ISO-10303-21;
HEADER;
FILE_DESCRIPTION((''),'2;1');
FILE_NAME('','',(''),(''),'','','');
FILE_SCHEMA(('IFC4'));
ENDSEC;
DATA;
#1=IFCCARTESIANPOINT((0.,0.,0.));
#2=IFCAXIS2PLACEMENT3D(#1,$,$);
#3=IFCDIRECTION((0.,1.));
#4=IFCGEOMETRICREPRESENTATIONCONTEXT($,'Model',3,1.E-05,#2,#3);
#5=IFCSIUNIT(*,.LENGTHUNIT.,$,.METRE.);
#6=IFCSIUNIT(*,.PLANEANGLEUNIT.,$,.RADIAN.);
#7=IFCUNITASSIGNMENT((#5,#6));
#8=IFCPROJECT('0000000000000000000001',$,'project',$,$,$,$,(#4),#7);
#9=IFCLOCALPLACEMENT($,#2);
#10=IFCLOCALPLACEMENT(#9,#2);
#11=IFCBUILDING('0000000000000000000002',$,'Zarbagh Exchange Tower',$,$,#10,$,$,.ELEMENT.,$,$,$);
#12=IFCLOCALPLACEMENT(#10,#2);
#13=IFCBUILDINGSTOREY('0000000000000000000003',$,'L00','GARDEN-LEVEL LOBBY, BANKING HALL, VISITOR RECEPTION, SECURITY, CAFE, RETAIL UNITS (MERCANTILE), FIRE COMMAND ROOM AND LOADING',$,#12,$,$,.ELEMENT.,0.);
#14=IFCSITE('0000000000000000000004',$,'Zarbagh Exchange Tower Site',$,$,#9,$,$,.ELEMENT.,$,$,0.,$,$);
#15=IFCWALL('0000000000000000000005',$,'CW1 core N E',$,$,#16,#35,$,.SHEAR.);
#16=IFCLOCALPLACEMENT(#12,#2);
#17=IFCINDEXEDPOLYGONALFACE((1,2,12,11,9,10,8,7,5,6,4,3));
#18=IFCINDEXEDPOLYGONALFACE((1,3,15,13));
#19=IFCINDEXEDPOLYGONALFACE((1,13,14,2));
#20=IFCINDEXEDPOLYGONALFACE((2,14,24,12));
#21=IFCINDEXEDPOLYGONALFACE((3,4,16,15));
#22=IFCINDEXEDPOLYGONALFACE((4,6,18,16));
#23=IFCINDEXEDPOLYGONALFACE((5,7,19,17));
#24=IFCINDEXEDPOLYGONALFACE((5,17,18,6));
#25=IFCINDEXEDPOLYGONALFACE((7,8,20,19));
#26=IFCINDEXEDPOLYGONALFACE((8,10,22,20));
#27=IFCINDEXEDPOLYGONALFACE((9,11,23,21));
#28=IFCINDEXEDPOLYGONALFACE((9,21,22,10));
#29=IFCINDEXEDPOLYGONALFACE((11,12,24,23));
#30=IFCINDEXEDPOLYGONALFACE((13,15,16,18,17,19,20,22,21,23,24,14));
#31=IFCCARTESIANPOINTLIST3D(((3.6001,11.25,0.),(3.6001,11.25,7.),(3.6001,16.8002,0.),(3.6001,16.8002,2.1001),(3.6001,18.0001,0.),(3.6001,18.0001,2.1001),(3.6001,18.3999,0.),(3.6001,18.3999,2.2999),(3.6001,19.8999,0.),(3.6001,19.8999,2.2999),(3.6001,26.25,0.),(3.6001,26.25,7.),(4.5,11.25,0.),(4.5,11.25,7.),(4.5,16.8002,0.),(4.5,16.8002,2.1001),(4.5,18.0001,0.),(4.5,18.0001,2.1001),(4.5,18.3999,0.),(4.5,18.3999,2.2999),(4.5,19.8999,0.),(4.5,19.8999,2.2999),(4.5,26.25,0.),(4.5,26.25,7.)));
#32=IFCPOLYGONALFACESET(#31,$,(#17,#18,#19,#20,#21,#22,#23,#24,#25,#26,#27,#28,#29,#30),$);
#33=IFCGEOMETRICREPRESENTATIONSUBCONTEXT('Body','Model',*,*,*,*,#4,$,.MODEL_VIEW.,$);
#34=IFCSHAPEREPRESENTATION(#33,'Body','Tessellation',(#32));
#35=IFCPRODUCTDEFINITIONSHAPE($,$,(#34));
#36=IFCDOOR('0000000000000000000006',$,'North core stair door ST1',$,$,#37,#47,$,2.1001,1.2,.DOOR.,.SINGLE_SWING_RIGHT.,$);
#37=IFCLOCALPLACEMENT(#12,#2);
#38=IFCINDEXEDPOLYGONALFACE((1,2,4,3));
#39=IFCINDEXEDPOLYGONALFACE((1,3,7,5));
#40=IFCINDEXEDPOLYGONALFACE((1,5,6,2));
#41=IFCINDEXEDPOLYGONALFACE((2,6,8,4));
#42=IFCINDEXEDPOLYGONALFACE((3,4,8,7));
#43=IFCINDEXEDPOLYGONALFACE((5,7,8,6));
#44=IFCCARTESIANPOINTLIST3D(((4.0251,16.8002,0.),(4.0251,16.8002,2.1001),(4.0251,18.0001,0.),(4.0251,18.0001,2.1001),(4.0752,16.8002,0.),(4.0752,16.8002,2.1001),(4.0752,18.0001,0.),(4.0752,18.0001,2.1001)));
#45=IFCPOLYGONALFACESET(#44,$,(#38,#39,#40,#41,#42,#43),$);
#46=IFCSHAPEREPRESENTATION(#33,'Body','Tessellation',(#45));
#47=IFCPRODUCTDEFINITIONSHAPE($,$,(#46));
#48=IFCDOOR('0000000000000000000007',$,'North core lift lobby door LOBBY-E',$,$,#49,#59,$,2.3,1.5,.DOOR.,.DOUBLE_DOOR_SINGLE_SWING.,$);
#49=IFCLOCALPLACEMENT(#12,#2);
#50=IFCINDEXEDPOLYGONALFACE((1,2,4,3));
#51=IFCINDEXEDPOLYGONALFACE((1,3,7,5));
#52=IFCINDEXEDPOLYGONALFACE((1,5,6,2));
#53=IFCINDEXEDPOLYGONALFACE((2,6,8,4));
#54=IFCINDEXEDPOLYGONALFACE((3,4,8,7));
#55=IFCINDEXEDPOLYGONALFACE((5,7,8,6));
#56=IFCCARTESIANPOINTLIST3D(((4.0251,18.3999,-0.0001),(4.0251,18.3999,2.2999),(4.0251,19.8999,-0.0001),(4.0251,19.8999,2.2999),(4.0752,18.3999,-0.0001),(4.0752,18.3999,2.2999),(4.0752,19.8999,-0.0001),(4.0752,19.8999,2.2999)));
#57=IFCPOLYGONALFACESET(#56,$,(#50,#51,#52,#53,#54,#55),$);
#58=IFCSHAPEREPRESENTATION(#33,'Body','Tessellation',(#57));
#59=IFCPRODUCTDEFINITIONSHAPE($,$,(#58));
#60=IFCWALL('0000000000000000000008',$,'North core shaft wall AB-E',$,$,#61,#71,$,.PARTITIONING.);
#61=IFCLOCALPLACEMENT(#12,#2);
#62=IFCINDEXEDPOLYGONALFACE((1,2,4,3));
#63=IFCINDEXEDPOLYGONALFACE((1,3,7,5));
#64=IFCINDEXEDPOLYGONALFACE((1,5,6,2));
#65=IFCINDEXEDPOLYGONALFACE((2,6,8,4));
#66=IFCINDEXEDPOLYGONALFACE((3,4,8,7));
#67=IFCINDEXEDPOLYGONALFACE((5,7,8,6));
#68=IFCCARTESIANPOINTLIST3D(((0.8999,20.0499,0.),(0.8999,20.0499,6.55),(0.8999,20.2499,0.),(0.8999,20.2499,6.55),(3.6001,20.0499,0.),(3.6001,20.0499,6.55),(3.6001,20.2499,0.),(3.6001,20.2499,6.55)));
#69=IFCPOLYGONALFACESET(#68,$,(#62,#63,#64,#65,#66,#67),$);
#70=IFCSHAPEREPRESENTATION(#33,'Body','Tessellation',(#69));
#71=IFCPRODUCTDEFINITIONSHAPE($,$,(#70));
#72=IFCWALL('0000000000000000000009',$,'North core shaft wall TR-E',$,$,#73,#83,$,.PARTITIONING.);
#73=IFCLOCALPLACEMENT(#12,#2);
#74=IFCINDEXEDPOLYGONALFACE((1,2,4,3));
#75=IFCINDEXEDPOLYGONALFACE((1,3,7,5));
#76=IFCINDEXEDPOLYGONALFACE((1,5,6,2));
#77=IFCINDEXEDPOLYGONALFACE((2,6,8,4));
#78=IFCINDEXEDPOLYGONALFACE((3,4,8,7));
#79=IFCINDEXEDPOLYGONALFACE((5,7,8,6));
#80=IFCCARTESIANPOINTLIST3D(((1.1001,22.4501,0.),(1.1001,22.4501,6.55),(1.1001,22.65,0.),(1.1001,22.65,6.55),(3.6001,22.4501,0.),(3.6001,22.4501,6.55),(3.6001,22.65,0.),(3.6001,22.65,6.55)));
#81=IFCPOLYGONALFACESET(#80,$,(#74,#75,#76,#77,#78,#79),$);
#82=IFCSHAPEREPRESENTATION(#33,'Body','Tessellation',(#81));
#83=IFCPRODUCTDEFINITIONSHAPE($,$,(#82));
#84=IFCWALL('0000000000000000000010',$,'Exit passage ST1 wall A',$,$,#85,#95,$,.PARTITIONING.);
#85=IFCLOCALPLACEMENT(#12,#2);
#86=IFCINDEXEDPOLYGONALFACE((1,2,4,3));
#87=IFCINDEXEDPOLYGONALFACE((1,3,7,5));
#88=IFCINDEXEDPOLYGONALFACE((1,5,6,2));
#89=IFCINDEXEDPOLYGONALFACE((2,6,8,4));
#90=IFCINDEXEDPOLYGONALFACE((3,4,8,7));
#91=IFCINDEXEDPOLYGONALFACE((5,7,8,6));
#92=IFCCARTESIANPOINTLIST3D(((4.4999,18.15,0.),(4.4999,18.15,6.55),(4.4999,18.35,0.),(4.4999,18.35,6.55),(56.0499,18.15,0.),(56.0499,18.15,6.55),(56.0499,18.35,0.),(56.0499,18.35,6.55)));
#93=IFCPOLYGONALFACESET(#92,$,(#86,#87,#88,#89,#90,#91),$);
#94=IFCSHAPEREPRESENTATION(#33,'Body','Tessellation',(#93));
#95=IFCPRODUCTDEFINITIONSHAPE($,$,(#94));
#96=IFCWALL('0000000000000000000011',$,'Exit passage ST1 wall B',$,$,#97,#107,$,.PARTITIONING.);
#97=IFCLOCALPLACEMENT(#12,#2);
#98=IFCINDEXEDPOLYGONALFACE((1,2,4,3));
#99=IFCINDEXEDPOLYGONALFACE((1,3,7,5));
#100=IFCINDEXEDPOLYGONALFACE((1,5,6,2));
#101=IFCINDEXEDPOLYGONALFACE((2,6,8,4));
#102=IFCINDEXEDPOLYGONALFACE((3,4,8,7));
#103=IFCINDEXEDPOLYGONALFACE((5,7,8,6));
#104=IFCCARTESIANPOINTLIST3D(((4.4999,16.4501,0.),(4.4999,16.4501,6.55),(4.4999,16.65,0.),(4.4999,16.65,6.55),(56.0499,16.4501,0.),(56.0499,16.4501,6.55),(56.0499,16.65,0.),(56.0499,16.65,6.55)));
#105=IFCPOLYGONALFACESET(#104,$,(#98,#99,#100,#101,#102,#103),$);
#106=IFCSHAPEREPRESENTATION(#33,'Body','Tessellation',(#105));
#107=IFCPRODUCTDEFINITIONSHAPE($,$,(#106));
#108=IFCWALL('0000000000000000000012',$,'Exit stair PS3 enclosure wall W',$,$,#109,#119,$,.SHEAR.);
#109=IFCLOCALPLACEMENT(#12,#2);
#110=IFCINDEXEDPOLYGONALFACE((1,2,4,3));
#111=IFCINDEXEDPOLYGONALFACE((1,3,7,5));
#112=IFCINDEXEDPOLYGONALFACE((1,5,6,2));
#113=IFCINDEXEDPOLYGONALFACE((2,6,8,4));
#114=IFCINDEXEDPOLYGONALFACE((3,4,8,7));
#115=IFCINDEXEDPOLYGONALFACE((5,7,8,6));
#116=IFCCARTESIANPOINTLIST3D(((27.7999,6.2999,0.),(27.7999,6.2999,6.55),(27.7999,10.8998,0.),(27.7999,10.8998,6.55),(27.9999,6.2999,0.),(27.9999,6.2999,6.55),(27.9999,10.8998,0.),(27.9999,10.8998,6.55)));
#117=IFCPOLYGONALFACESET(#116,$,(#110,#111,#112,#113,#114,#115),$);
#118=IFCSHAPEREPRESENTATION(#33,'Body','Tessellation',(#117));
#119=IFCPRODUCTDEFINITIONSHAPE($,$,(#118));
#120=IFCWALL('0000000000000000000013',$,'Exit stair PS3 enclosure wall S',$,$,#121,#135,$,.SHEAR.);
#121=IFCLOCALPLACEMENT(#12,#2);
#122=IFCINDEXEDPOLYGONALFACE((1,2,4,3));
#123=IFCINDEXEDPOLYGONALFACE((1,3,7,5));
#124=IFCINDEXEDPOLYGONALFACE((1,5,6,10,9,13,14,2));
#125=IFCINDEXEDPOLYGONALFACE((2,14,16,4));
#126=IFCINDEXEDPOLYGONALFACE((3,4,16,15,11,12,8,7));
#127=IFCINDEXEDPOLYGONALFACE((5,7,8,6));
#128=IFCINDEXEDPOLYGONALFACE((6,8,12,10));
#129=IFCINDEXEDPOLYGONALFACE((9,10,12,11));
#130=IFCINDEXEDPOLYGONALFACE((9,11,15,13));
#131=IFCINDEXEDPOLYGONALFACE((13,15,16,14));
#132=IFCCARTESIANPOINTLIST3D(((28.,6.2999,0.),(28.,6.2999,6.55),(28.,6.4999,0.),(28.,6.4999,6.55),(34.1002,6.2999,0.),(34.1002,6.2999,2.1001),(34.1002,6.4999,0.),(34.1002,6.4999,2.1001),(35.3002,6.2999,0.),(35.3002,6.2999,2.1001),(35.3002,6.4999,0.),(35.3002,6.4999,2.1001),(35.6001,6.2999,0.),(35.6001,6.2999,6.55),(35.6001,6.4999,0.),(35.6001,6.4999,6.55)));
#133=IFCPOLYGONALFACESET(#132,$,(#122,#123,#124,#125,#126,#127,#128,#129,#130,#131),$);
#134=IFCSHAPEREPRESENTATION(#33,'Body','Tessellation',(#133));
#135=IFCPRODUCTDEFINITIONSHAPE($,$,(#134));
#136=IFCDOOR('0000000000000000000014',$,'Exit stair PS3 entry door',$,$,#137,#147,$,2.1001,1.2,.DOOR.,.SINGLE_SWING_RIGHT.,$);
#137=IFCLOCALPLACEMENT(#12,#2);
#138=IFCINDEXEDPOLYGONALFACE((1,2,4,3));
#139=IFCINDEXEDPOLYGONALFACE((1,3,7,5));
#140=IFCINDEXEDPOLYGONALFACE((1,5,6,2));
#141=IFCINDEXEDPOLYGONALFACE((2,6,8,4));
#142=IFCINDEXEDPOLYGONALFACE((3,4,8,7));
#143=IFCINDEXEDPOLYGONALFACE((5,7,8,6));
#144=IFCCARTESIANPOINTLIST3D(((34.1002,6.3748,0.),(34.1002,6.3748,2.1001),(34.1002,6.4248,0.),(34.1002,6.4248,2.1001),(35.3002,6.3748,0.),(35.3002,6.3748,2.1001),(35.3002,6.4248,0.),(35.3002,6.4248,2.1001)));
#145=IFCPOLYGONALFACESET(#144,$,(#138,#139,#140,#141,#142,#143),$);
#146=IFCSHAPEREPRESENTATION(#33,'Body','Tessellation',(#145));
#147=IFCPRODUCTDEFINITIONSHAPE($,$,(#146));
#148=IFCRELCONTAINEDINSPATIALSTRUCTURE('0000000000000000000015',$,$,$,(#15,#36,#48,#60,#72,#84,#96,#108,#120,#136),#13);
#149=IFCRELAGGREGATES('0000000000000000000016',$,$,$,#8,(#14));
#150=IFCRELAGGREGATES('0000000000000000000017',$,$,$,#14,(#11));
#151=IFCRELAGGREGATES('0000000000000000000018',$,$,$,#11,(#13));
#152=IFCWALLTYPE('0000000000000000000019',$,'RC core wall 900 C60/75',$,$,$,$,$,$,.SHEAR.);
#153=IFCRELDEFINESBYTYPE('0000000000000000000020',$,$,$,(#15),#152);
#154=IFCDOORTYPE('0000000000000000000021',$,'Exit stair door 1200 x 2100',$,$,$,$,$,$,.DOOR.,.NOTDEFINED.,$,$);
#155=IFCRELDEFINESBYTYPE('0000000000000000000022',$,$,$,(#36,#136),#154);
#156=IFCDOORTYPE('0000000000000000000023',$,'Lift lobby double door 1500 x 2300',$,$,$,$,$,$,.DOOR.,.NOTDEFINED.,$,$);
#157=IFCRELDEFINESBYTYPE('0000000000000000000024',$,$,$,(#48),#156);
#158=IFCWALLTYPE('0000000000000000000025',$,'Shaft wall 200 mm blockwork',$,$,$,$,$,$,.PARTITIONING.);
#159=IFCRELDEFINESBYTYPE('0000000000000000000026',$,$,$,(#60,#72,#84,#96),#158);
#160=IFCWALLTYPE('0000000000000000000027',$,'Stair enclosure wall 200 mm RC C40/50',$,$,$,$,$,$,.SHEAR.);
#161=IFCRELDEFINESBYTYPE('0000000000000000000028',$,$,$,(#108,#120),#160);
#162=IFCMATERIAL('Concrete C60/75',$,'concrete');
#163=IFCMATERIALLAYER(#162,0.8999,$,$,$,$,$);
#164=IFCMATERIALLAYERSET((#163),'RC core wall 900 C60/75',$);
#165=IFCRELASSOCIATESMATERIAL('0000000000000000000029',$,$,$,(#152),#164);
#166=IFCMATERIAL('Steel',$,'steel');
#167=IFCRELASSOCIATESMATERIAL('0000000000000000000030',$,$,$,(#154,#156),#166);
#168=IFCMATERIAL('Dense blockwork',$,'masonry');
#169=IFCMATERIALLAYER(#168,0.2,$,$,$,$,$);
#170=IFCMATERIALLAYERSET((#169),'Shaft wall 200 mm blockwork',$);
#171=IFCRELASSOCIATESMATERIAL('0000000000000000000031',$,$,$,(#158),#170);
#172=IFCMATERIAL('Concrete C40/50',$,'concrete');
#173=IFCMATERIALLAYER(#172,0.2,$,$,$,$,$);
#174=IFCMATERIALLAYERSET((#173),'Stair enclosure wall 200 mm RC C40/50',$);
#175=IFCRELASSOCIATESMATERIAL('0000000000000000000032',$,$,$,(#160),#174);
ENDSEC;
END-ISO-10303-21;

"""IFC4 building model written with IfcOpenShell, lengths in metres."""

from ifc_helpers import new_model, si_unit, direction, frame, frame_2d, origin, place, context, subcontext, project, spatial, rectangle, extrude, material, layer, layer_set, type_object, element, fill, save


model = new_model("IFC4")

# Units and contexts
model_context = context("Model", 3, precision=1e-05, world=origin(), true_north=direction((0.0, 1.0)))
body_context = subcontext(model_context, "Body", "Model", "MODEL_VIEW")
ifc_project = project(units=[si_unit("LENGTHUNIT", "METRE"), si_unit("PLANEANGLEUNIT", "RADIAN")], contexts=[model_context])

# Site, building, storey
site_placement = place(None, origin())
site = spatial("IfcSite", under=ifc_project, at=site_placement, Name="Zarbagh Exchange Tower Site", CompositionType="ELEMENT", RefElevation=0.0)
building_placement = place(site_placement, origin())
building = spatial("IfcBuilding", under=site, at=building_placement, Name="Zarbagh Exchange Tower", CompositionType="ELEMENT")
storey_placement = place(building_placement, origin())
storey = spatial("IfcBuildingStorey", under=building, at=storey_placement, Name="L00", Description="GARDEN-LEVEL LOBBY, BANKING HALL, VISITOR RECEPTION, SECURITY, CAFE, RETAIL UNITS (MERCANTILE), FIRE COMMAND ROOM AND LOADING", CompositionType="ELEMENT", Elevation=0.0)

# Shared definitions
ifc_material_1 = material(Name="Concrete C60/75", Category="concrete")

# Wall, openings, doors
ifc_layer_1 = layer(ifc_material_1, 0.8999)
ifc_layer_set_1 = layer_set([ifc_layer_1], Name="RC core wall 900 C60/75")
wall_type_1 = type_object("IfcWallType", Name="RC core wall 900 C60/75", PredefinedType="SHEAR", material=ifc_layer_set_1)
wall_1_placement = place(storey_placement, frame((4.05, 11.25, 0.0), z_axis=(0.0, 0.0, 1.0), x_axis=(0.0, 1.0, 0.0)))
wall_1 = element("IfcWall", 1, at=wall_1_placement, inside=storey, type_object=wall_type_1, Name="CW1 core N E", PredefinedType="SHEAR", context=body_context, shape_type="SweptSolid", body=[
    extrude(rectangle(XDim=15.0, YDim=0.8999, at=frame_2d((7.5, 0.0))), origin(), (0.0, 0.0, 1.0), 7.0),
])
opening_1_placement = place(wall_1_placement, frame((7.1499, 0.0, 0.0)))
opening_1 = element("IfcOpeningElement", 2, at=opening_1_placement, cuts=wall_1, PredefinedType="OPENING", context=body_context, shape_type="SweptSolid", body=[
    extrude(rectangle(XDim=1.5, YDim=2.3, at=frame_2d((0.75, 1.1499))), frame((0.0, 0.46, 0.0), z_axis=(0.0, -1.0, 0.0), x_axis=(1.0, 0.0, 0.0)), (0.0, 0.0, 1.0), 0.9199),
])
opening_2_placement = place(wall_1_placement, frame((5.55, 0.0, 0.0)))
opening_2 = element("IfcOpeningElement", 3, at=opening_2_placement, cuts=wall_1, PredefinedType="OPENING", context=body_context, shape_type="SweptSolid", body=[
    extrude(rectangle(XDim=1.2, YDim=2.1001, at=frame_2d((0.6001, 1.05))), frame((0.0, 0.46, 0.0), z_axis=(0.0, -1.0, 0.0), x_axis=(1.0, 0.0, 0.0)), (0.0, 0.0, 1.0), 0.9199),
])
ifc_material_2 = material(Name="Steel", Category="steel")
door_type_1 = type_object("IfcDoorType", Name="Exit stair door 1200 x 2100", OperationType="NOTDEFINED", PredefinedType="DOOR", material=ifc_material_2)
door_1_placement = place(opening_2_placement, origin())
door_1 = element("IfcDoor", 4, at=door_1_placement, inside=storey, type_object=door_type_1, Name="North core stair door ST1", OperationType="SINGLE_SWING_RIGHT", OverallHeight=2.1001, OverallWidth=1.2, PredefinedType="DOOR", context=body_context, shape_type="SweptSolid", body=[
    extrude(rectangle(XDim=1.2, YDim=2.1001, at=frame_2d((0.6001, 1.05))), frame((0.0, 0.0249, 0.0), z_axis=(0.0, -1.0, 0.0), x_axis=(1.0, 0.0, 0.0)), (0.0, 0.0, 1.0), 0.05),
])
fill(opening_2, door_1)
door_type_2 = type_object("IfcDoorType", Name="Lift lobby double door 1500 x 2300", OperationType="NOTDEFINED", PredefinedType="DOOR", material=ifc_material_2)
door_2_placement = place(opening_1_placement, origin())
door_2 = element("IfcDoor", 5, at=door_2_placement, inside=storey, type_object=door_type_2, Name="North core lift lobby door LOBBY-E", OperationType="DOUBLE_DOOR_SINGLE_SWING", OverallHeight=2.3, OverallWidth=1.5, PredefinedType="DOOR", context=body_context, shape_type="SweptSolid", body=[
    extrude(rectangle(XDim=1.5, YDim=2.3, at=frame_2d((0.75, 1.1499))), frame((0.0, 0.0249, 0.0), z_axis=(0.0, -1.0, 0.0), x_axis=(1.0, 0.0, 0.0)), (0.0, 0.0, 1.0), 0.05),
])
fill(opening_1, door_2)

# Walls
ifc_material_3 = material(Name="Dense blockwork", Category="masonry")
ifc_layer_2 = layer(ifc_material_3, 0.2)
ifc_layer_set_2 = layer_set([ifc_layer_2], Name="Shaft wall 200 mm blockwork")
wall_type_2 = type_object("IfcWallType", Name="Shaft wall 200 mm blockwork", PredefinedType="PARTITIONING", material=ifc_layer_set_2)
wall_2_placement = place(storey_placement, frame((0.8999, 20.1499, 0.0), z_axis=(0.0, 0.0, 1.0), x_axis=(1.0, 0.0, 0.0)))
element("IfcWall", 6, at=wall_2_placement, inside=storey, type_object=wall_type_2, Name="North core shaft wall AB-E", PredefinedType="PARTITIONING", context=body_context, shape_type="SweptSolid", body=[
    extrude(rectangle(XDim=2.7002, YDim=0.2, at=frame_2d((1.3501, 0.0))), origin(), (0.0, 0.0, 1.0), 6.55),
])
wall_3_placement = place(storey_placement, frame((1.1001, 22.55, 0.0), z_axis=(0.0, 0.0, 1.0), x_axis=(1.0, 0.0, 0.0)))
element("IfcWall", 7, at=wall_3_placement, inside=storey, type_object=wall_type_2, Name="North core shaft wall TR-E", PredefinedType="PARTITIONING", context=body_context, shape_type="SweptSolid", body=[
    extrude(rectangle(XDim=2.5, YDim=0.2, at=frame_2d((1.25, 0.0))), origin(), (0.0, 0.0, 1.0), 6.55),
])
for number, where, z_axis, x_axis, name in (
    (8, (4.5, 18.25, 0.0), (0.0, 0.0, 1.0), (1.0, 0.0, 0.0), "Exit passage ST1 wall A"),
    (9, (4.5, 16.55, 0.0), (0.0, 0.0, 1.0), (1.0, 0.0, 0.0), "Exit passage ST1 wall B"),
):
    element("IfcWall", number, at=place(storey_placement, frame(where, z_axis=z_axis, x_axis=x_axis)), inside=storey, type_object=wall_type_2, Name=name, PredefinedType="PARTITIONING", context=body_context, shape_type="SweptSolid", body=[
        extrude(rectangle(XDim=51.55, YDim=0.2, at=frame_2d((25.7749, 0.0))), origin(), (0.0, 0.0, 1.0), 6.55),
    ])
ifc_material_4 = material(Name="Concrete C40/50", Category="concrete")
ifc_layer_3 = layer(ifc_material_4, 0.2)
ifc_layer_set_3 = layer_set([ifc_layer_3], Name="Stair enclosure wall 200 mm RC C40/50")
wall_type_3 = type_object("IfcWallType", Name="Stair enclosure wall 200 mm RC C40/50", PredefinedType="SHEAR", material=ifc_layer_set_3)
wall_4_placement = place(storey_placement, frame((27.8999, 6.3, 0.0), z_axis=(0.0, 0.0, 1.0), x_axis=(0.0, 1.0, 0.0)))
element("IfcWall", 10, at=wall_4_placement, inside=storey, type_object=wall_type_3, Name="Exit stair PS3 enclosure wall W", PredefinedType="SHEAR", context=body_context, shape_type="SweptSolid", body=[
    extrude(rectangle(XDim=4.5999, YDim=0.2, at=frame_2d((2.2998, 0.0))), origin(), (0.0, 0.0, 1.0), 6.55),
])

# Wall, opening, door
wall_5_placement = place(storey_placement, frame((28.0, 6.3999, 0.0), z_axis=(0.0, 0.0, 1.0), x_axis=(1.0, 0.0, 0.0)))
wall_5 = element("IfcWall", 11, at=wall_5_placement, inside=storey, type_object=wall_type_3, Name="Exit stair PS3 enclosure wall S", PredefinedType="SHEAR", context=body_context, shape_type="SweptSolid", body=[
    extrude(rectangle(XDim=7.6001, YDim=0.2, at=frame_2d((3.8, 0.0))), origin(), (0.0, 0.0, 1.0), 6.55),
])
opening_3_placement = place(wall_5_placement, frame((6.1001, 0.0, 0.0)))
opening_3 = element("IfcOpeningElement", 12, at=opening_3_placement, cuts=wall_5, PredefinedType="OPENING", context=body_context, shape_type="SweptSolid", body=[
    extrude(rectangle(XDim=1.2, YDim=2.1001, at=frame_2d((0.6001, 1.05))), frame((0.0, 0.1099, 0.0), z_axis=(0.0, -1.0, 0.0), x_axis=(1.0, 0.0, 0.0)), (0.0, 0.0, 1.0), 0.22),
])
door_3_placement = place(opening_3_placement, origin())
door_3 = element("IfcDoor", 13, at=door_3_placement, inside=storey, type_object=door_type_1, Name="Exit stair PS3 entry door", OperationType="SINGLE_SWING_RIGHT", OverallHeight=2.1001, OverallWidth=1.2, PredefinedType="DOOR", context=body_context, shape_type="SweptSolid", body=[
    extrude(rectangle(XDim=1.2, YDim=2.1001, at=frame_2d((0.6001, 1.05))), frame((0.0, 0.0249, 0.0), z_axis=(0.0, -1.0, 0.0), x_axis=(1.0, 0.0, 0.0)), (0.0, 0.0, 1.0), 0.05),
])
fill(opening_3, door_3)

save(model, "model.ifc")
